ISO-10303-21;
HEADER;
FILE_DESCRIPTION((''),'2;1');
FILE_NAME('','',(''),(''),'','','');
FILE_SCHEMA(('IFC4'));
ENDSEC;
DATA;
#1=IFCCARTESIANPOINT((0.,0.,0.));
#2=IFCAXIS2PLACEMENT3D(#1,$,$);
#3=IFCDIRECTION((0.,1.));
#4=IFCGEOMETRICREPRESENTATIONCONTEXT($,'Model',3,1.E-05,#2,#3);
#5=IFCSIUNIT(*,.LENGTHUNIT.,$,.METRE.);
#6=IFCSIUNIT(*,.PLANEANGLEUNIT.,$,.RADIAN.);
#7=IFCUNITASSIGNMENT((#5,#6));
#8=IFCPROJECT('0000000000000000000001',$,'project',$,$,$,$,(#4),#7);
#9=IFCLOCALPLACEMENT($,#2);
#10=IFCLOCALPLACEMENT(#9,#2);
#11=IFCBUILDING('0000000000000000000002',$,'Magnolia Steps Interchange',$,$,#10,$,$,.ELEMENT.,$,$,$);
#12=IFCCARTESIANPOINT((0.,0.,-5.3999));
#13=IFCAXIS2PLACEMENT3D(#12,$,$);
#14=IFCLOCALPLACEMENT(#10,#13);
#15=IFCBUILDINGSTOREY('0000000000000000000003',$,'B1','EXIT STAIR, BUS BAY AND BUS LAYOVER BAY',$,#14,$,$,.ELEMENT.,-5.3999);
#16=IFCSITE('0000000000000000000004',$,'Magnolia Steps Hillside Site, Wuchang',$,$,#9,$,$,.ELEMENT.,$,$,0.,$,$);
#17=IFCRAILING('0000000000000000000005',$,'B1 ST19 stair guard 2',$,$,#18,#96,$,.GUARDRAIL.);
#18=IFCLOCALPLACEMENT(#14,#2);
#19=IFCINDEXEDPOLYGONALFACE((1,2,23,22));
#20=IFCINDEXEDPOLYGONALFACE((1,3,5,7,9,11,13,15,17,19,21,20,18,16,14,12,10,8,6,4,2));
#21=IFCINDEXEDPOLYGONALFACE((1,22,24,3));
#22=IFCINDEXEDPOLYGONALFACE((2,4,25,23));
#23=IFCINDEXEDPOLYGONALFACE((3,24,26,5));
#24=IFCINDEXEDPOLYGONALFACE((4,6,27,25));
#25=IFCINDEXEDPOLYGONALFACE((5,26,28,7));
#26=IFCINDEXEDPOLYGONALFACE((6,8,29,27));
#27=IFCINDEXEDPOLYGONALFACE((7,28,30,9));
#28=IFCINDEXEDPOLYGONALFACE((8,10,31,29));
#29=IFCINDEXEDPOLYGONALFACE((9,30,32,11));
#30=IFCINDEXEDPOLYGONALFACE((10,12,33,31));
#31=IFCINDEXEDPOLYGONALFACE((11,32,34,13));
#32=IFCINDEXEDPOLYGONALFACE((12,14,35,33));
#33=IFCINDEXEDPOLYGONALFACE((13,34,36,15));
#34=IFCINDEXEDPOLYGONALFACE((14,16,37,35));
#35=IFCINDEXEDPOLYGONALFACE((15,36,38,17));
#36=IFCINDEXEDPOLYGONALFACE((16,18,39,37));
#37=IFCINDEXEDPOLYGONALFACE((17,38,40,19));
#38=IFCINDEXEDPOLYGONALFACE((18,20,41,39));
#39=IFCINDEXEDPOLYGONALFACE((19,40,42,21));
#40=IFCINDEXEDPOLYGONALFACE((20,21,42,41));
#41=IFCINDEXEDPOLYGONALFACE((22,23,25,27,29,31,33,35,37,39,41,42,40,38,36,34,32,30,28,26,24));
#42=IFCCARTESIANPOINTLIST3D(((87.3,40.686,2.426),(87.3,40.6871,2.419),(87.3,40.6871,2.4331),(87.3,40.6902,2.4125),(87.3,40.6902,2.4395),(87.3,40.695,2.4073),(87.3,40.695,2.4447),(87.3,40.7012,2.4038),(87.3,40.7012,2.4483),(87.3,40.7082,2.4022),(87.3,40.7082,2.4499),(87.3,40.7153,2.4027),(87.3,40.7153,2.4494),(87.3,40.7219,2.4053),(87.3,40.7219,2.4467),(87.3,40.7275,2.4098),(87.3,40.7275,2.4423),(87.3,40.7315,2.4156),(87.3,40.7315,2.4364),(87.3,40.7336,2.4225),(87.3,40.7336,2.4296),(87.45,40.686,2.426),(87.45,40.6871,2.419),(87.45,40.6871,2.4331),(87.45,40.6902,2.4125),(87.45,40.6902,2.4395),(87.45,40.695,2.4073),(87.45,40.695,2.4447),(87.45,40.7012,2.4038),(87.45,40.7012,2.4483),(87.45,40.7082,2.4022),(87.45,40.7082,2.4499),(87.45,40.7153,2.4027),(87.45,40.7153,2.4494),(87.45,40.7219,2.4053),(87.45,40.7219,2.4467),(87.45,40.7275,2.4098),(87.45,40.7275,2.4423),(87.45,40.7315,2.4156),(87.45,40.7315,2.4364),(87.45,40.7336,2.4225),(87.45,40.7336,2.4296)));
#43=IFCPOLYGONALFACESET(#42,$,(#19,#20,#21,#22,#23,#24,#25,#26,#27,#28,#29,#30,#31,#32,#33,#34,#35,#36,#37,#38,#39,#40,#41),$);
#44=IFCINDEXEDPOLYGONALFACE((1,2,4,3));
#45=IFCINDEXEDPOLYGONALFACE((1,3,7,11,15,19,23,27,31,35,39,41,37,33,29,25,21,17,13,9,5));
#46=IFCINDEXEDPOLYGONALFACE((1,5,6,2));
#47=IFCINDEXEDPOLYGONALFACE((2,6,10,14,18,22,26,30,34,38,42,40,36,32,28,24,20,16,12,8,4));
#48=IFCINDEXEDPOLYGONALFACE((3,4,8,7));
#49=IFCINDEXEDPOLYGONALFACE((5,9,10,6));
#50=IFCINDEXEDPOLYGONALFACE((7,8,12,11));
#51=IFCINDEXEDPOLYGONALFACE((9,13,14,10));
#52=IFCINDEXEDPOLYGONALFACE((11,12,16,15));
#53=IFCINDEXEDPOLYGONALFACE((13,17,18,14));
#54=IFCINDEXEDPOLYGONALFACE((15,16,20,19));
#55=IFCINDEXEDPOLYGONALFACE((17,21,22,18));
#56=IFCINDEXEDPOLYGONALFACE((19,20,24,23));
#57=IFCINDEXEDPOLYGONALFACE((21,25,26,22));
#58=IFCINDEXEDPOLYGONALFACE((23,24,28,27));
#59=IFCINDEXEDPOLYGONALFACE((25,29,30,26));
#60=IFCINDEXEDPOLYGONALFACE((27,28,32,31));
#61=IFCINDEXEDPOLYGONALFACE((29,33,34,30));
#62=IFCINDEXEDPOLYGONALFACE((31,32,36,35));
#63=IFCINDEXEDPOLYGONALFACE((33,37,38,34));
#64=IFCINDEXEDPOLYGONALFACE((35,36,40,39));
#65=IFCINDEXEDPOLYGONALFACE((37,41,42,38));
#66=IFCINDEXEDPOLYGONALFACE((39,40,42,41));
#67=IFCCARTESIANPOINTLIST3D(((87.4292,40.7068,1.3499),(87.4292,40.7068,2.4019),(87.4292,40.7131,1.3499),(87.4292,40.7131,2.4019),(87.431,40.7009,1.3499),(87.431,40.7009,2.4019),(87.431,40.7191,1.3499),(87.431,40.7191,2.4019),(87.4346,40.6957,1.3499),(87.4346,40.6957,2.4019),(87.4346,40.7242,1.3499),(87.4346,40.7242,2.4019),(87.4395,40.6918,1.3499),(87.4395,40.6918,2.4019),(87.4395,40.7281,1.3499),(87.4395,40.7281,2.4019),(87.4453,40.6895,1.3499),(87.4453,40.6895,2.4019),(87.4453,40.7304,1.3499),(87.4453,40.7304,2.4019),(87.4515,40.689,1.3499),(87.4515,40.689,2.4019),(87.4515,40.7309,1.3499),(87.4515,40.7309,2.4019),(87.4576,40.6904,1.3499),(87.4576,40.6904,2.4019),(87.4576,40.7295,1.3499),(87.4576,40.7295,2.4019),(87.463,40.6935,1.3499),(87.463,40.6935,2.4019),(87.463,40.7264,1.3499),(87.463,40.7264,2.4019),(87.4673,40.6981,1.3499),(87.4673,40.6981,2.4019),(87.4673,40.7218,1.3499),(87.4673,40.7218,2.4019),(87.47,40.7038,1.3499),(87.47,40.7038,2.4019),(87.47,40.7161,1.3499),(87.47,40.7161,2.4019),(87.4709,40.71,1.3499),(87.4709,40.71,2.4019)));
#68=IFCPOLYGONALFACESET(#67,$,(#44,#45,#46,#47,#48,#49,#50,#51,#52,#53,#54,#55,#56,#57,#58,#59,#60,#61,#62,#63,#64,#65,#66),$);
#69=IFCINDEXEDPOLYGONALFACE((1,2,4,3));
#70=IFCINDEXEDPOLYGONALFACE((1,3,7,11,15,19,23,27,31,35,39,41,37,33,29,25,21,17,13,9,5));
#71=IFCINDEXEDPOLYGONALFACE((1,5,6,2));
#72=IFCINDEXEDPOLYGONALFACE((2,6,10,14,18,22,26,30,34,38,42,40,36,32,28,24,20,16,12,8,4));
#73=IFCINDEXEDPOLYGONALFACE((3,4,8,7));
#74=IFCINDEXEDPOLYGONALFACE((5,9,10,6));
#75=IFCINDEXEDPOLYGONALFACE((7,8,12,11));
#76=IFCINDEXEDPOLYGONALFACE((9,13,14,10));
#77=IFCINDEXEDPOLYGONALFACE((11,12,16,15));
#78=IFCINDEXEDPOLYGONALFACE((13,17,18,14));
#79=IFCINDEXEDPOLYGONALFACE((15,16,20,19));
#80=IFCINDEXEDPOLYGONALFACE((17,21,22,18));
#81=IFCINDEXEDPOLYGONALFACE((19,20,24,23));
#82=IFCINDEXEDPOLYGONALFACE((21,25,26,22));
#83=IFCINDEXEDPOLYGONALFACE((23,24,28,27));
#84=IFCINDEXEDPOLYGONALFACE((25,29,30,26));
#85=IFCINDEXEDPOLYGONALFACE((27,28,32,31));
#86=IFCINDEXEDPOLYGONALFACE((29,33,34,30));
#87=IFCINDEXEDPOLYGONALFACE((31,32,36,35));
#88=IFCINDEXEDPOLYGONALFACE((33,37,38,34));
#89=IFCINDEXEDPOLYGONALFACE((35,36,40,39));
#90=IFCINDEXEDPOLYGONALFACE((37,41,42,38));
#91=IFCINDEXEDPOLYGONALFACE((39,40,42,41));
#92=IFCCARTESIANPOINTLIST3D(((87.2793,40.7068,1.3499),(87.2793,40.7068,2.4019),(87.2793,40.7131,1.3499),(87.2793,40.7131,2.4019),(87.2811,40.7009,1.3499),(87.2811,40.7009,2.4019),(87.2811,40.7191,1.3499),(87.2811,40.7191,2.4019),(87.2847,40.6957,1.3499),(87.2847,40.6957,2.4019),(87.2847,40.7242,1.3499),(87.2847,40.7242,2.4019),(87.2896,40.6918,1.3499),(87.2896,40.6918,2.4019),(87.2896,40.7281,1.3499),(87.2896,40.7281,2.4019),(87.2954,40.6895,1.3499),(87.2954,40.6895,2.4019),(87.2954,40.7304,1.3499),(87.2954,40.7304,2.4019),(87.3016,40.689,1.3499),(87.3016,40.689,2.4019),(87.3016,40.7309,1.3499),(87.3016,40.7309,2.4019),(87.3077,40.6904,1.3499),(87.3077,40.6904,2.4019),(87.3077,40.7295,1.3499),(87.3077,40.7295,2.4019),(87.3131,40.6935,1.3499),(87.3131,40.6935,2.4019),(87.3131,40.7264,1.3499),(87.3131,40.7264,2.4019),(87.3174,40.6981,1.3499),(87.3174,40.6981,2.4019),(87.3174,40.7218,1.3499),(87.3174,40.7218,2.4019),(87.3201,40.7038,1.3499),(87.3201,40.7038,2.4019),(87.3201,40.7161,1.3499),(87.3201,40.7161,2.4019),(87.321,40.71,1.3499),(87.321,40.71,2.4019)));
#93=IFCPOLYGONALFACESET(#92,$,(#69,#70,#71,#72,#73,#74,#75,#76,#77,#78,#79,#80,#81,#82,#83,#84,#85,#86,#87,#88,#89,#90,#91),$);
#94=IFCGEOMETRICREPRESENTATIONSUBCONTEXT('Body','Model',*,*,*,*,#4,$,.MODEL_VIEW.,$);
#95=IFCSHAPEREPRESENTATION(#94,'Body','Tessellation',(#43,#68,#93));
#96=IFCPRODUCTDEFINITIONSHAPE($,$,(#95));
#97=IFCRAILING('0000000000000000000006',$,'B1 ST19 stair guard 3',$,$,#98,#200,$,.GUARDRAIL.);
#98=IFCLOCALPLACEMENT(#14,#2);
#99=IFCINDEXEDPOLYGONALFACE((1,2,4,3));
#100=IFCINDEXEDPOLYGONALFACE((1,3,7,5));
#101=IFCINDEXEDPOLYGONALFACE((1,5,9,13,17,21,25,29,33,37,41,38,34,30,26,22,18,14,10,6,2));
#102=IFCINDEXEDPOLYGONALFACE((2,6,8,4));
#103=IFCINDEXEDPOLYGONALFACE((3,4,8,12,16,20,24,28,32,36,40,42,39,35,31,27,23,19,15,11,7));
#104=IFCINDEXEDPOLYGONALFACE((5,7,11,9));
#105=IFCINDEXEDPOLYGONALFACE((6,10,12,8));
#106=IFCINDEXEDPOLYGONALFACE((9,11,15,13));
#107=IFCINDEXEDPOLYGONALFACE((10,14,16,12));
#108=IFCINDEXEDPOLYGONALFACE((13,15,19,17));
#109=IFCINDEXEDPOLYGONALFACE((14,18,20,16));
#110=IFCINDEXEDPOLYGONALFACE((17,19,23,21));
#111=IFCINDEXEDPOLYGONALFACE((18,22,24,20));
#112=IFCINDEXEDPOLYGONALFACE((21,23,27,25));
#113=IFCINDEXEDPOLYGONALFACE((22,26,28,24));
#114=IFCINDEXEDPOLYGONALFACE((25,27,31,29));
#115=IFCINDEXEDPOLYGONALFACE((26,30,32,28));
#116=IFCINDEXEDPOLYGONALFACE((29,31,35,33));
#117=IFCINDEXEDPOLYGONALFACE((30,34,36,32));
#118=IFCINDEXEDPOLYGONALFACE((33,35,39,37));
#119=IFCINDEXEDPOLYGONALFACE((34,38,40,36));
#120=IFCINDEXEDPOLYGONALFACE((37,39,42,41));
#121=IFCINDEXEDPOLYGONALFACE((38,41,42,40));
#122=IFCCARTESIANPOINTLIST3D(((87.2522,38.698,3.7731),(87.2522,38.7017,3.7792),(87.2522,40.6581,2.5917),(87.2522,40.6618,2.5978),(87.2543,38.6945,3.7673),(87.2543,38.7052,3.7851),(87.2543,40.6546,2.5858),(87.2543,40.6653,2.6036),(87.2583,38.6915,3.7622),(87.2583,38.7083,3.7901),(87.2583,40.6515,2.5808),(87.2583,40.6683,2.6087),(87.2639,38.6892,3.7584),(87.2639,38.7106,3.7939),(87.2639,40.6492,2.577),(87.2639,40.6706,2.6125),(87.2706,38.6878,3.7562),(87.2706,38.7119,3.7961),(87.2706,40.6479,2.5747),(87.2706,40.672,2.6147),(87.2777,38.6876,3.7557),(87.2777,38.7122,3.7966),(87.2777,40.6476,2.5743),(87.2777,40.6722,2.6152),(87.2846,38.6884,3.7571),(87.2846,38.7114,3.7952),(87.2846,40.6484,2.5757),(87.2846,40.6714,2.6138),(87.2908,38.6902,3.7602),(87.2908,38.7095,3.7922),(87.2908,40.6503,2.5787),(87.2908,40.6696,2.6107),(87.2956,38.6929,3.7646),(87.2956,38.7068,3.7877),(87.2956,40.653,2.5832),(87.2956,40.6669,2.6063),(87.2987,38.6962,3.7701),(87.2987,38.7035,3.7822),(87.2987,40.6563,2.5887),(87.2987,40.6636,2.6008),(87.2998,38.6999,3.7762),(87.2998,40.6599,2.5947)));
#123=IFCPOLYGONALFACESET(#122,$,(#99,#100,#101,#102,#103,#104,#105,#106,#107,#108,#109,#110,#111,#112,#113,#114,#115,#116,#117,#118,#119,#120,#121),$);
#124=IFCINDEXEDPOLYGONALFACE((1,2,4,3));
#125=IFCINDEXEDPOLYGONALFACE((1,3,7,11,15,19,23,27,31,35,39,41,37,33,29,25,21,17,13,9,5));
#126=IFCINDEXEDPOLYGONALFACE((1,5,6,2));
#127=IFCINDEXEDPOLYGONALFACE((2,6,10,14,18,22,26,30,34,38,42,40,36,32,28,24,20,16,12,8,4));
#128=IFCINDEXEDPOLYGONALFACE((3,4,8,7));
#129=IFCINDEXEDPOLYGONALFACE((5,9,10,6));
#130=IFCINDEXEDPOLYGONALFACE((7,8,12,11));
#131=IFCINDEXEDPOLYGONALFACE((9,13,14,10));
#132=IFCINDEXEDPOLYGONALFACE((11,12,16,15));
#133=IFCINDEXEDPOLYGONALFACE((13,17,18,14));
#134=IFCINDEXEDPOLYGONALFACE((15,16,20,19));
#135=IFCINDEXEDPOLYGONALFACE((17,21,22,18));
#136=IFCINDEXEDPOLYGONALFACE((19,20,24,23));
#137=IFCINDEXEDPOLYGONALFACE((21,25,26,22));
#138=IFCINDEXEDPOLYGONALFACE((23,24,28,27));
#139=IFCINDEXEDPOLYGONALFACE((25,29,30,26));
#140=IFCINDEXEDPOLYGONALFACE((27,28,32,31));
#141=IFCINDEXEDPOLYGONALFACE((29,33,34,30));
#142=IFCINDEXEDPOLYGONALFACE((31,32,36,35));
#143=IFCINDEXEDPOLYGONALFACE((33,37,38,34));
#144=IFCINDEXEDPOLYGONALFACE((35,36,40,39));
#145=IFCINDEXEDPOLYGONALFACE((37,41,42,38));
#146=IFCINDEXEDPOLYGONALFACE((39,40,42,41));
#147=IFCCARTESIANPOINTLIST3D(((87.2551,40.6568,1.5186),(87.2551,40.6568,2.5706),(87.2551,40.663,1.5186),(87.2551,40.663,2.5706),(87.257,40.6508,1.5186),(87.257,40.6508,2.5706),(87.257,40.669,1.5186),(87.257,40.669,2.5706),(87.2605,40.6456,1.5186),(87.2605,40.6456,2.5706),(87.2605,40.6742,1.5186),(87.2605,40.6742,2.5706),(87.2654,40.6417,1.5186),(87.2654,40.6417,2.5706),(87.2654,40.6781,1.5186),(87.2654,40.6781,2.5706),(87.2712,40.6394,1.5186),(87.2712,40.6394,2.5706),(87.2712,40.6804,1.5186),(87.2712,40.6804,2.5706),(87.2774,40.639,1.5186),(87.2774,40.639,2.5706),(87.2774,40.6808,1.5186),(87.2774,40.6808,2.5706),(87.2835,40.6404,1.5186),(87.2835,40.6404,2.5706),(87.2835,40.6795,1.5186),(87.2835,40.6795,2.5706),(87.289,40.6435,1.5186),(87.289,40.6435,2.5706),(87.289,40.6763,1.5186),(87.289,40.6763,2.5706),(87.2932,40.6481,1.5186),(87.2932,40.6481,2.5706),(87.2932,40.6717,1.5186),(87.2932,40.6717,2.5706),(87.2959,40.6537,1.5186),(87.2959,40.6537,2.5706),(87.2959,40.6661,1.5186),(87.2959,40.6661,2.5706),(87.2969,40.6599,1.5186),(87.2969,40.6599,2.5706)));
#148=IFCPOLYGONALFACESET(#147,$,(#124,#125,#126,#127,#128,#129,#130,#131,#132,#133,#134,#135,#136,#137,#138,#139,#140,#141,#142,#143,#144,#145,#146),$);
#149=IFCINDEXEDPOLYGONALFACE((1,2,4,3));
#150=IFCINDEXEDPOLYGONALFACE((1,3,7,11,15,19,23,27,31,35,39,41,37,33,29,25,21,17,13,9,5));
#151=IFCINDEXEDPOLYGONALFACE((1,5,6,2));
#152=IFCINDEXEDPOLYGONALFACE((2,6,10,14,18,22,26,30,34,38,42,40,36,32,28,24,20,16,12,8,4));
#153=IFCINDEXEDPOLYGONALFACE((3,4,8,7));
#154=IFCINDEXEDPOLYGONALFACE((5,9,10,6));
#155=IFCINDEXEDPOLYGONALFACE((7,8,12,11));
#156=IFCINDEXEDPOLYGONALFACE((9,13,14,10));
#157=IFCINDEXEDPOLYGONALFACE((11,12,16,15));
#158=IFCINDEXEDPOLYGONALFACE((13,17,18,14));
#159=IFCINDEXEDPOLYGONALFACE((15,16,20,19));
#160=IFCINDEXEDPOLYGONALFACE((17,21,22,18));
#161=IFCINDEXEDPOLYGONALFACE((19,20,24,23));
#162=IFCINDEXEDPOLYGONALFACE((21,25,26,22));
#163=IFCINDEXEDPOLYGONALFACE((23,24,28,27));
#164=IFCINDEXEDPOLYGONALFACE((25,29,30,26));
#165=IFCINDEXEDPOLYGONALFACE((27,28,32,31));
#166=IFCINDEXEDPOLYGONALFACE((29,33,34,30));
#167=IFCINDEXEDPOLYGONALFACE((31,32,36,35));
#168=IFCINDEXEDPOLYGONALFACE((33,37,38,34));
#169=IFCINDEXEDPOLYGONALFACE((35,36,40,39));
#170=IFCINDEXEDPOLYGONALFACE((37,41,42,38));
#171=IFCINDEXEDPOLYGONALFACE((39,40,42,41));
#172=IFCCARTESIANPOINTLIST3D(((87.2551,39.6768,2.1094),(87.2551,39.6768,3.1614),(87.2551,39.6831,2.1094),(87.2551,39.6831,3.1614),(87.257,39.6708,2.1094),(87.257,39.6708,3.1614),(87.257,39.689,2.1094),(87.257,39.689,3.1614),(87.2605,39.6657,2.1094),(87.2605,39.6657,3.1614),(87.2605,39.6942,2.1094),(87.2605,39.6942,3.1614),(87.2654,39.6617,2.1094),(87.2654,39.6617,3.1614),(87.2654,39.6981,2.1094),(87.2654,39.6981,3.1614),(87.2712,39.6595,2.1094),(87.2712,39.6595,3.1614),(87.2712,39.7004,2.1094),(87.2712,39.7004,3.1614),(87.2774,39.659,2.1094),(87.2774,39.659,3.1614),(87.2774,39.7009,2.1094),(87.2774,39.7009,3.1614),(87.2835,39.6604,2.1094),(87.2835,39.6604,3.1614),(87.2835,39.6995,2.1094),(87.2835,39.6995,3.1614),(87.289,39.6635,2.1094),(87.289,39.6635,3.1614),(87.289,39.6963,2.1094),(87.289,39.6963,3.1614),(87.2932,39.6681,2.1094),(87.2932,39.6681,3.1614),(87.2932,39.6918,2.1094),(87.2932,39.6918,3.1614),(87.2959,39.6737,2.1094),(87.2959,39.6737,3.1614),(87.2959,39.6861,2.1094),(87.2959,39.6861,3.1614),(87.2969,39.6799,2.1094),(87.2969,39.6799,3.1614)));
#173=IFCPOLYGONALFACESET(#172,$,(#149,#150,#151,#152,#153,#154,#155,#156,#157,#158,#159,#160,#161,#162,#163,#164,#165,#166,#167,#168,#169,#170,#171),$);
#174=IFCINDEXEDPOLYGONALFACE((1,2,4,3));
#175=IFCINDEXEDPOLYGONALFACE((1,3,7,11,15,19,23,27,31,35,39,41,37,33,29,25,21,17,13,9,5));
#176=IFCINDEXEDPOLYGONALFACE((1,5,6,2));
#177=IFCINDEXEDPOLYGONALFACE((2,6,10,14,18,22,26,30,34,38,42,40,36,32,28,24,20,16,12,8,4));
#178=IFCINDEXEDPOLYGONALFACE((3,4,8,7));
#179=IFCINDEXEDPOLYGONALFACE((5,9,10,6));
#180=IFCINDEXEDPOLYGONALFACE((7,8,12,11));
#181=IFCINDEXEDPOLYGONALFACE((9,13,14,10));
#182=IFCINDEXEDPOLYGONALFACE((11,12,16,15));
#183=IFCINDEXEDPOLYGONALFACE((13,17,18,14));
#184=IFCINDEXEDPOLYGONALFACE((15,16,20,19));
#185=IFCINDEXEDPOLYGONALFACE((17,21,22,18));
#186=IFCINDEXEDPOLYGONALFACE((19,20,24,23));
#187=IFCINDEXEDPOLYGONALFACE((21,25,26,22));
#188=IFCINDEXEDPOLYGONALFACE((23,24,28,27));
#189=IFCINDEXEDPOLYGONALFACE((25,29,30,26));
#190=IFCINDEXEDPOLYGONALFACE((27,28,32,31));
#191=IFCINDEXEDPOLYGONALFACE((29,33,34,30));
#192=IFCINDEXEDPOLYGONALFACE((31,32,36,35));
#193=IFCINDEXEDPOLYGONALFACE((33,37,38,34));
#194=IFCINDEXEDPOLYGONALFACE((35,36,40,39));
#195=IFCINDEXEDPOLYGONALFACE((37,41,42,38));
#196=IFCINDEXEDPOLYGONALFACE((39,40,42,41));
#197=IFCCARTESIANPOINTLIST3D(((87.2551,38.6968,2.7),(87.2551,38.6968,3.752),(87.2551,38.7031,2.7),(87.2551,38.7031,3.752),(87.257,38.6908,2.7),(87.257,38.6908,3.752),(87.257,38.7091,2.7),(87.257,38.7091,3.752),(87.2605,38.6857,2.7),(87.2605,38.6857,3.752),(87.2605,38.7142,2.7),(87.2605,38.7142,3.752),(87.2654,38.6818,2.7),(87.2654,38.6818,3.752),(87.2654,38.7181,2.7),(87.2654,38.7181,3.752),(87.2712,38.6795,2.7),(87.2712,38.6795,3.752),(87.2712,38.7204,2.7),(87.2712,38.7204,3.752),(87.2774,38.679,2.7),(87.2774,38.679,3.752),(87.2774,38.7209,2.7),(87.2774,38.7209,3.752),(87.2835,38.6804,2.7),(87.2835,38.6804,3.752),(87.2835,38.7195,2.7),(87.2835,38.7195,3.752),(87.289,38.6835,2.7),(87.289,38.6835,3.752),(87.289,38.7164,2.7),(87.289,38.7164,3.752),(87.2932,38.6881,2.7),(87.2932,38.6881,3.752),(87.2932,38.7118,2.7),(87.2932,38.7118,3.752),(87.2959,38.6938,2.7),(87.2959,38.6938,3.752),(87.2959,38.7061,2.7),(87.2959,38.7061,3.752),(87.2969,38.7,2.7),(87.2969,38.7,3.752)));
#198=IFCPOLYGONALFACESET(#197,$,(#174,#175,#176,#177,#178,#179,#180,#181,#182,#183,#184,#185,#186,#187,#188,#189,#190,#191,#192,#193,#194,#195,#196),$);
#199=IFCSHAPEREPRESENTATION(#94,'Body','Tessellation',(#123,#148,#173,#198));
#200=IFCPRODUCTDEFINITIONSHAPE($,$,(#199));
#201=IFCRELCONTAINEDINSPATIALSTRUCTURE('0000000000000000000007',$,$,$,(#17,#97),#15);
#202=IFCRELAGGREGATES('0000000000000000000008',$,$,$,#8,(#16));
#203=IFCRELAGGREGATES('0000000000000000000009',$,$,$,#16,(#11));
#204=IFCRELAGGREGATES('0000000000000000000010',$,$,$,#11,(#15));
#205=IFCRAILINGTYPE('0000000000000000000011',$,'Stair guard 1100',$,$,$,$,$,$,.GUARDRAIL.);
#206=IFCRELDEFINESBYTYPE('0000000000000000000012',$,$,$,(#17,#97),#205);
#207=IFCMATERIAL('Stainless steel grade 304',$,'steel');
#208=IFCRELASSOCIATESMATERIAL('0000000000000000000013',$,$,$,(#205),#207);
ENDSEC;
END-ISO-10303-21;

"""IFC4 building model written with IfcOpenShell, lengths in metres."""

from ifc_helpers import new_model, si_unit, direction, frame, origin, origin_2d, place, context, subcontext, project, spatial, circle, extrude, material, type_object, element, save


model = new_model("IFC4")

# Units and contexts
model_context = context("Model", 3, precision=1e-05, world=origin(), true_north=direction((0.0, 1.0)))
body_context = subcontext(model_context, "Body", "Model", "MODEL_VIEW")
ifc_project = project(units=[si_unit("LENGTHUNIT", "METRE"), si_unit("PLANEANGLEUNIT", "RADIAN")], contexts=[model_context])

# Site, building, storey
site_placement = place(None, origin())
site = spatial("IfcSite", under=ifc_project, at=site_placement, Name="Magnolia Steps Hillside Site, Wuchang", CompositionType="ELEMENT", RefElevation=0.0)
building_placement = place(site_placement, origin())
building = spatial("IfcBuilding", under=site, at=building_placement, Name="Magnolia Steps Interchange", CompositionType="ELEMENT")
storey_placement = place(building_placement, frame((0.0, 0.0, -5.3999)))
storey = spatial("IfcBuildingStorey", under=building, at=storey_placement, Name="B1", Description="EXIT STAIR, BUS BAY AND BUS LAYOVER BAY", CompositionType="ELEMENT", Elevation=-5.3999)

# Railings
ifc_material_1 = material(Name="Stainless steel grade 304", Category="steel")
railing_type_1 = type_object("IfcRailingType", Name="Stair guard 1100", PredefinedType="GUARDRAIL", material=ifc_material_1)
railing_1_placement = place(storey_placement, frame((87.45, 40.71, 1.3499)))
element("IfcRailing", 1, at=railing_1_placement, inside=storey, type_object=railing_type_1, Name="B1 ST19 stair guard 2", PredefinedType="GUARDRAIL", context=body_context, shape_type="SweptSolid", body=[
    extrude(circle(Radius=0.0239, at=origin_2d()), frame((0.0, 0.0, 1.0762), z_axis=(-1.0, 0.0, 0.0), x_axis=(0.0, -1.0, 0.0)), (0.0, 0.0, 1.0), 0.1499),
    extrude(circle(Radius=0.021, at=origin_2d()), origin(), (0.0, 0.0, 1.0), 1.052),
    extrude(circle(Radius=0.021, at=origin_2d()), frame((-0.1499, 0.0, 0.0)), (0.0, 0.0, 1.0), 1.052),
])
railing_2_placement = place(storey_placement, frame((87.2759, 40.6599, 1.5186)))
element("IfcRailing", 2, at=railing_2_placement, inside=storey, type_object=railing_type_1, Name="B1 ST19 stair guard 3", PredefinedType="GUARDRAIL", context=body_context, shape_type="SweptSolid", body=[
    extrude(circle(Radius=0.0239, at=origin_2d()), frame((0.0, 0.0, 1.0762), z_axis=(0.0, -0.856446, 0.516236), x_axis=(1.0, 0.0, 0.0)), (0.0, 0.0, 1.0), 2.2886),
    extrude(circle(Radius=0.021, at=origin_2d()), origin(), (0.0, 0.0, 1.0), 1.052),
    extrude(circle(Radius=0.021, at=origin_2d()), frame((0.0, -0.98, 0.5908)), (0.0, 0.0, 1.0), 1.052),
    extrude(circle(Radius=0.021, at=origin_2d()), frame((0.0, -1.96, 1.1814)), (0.0, 0.0, 1.0), 1.052),
])

save(model, "model.ifc")
